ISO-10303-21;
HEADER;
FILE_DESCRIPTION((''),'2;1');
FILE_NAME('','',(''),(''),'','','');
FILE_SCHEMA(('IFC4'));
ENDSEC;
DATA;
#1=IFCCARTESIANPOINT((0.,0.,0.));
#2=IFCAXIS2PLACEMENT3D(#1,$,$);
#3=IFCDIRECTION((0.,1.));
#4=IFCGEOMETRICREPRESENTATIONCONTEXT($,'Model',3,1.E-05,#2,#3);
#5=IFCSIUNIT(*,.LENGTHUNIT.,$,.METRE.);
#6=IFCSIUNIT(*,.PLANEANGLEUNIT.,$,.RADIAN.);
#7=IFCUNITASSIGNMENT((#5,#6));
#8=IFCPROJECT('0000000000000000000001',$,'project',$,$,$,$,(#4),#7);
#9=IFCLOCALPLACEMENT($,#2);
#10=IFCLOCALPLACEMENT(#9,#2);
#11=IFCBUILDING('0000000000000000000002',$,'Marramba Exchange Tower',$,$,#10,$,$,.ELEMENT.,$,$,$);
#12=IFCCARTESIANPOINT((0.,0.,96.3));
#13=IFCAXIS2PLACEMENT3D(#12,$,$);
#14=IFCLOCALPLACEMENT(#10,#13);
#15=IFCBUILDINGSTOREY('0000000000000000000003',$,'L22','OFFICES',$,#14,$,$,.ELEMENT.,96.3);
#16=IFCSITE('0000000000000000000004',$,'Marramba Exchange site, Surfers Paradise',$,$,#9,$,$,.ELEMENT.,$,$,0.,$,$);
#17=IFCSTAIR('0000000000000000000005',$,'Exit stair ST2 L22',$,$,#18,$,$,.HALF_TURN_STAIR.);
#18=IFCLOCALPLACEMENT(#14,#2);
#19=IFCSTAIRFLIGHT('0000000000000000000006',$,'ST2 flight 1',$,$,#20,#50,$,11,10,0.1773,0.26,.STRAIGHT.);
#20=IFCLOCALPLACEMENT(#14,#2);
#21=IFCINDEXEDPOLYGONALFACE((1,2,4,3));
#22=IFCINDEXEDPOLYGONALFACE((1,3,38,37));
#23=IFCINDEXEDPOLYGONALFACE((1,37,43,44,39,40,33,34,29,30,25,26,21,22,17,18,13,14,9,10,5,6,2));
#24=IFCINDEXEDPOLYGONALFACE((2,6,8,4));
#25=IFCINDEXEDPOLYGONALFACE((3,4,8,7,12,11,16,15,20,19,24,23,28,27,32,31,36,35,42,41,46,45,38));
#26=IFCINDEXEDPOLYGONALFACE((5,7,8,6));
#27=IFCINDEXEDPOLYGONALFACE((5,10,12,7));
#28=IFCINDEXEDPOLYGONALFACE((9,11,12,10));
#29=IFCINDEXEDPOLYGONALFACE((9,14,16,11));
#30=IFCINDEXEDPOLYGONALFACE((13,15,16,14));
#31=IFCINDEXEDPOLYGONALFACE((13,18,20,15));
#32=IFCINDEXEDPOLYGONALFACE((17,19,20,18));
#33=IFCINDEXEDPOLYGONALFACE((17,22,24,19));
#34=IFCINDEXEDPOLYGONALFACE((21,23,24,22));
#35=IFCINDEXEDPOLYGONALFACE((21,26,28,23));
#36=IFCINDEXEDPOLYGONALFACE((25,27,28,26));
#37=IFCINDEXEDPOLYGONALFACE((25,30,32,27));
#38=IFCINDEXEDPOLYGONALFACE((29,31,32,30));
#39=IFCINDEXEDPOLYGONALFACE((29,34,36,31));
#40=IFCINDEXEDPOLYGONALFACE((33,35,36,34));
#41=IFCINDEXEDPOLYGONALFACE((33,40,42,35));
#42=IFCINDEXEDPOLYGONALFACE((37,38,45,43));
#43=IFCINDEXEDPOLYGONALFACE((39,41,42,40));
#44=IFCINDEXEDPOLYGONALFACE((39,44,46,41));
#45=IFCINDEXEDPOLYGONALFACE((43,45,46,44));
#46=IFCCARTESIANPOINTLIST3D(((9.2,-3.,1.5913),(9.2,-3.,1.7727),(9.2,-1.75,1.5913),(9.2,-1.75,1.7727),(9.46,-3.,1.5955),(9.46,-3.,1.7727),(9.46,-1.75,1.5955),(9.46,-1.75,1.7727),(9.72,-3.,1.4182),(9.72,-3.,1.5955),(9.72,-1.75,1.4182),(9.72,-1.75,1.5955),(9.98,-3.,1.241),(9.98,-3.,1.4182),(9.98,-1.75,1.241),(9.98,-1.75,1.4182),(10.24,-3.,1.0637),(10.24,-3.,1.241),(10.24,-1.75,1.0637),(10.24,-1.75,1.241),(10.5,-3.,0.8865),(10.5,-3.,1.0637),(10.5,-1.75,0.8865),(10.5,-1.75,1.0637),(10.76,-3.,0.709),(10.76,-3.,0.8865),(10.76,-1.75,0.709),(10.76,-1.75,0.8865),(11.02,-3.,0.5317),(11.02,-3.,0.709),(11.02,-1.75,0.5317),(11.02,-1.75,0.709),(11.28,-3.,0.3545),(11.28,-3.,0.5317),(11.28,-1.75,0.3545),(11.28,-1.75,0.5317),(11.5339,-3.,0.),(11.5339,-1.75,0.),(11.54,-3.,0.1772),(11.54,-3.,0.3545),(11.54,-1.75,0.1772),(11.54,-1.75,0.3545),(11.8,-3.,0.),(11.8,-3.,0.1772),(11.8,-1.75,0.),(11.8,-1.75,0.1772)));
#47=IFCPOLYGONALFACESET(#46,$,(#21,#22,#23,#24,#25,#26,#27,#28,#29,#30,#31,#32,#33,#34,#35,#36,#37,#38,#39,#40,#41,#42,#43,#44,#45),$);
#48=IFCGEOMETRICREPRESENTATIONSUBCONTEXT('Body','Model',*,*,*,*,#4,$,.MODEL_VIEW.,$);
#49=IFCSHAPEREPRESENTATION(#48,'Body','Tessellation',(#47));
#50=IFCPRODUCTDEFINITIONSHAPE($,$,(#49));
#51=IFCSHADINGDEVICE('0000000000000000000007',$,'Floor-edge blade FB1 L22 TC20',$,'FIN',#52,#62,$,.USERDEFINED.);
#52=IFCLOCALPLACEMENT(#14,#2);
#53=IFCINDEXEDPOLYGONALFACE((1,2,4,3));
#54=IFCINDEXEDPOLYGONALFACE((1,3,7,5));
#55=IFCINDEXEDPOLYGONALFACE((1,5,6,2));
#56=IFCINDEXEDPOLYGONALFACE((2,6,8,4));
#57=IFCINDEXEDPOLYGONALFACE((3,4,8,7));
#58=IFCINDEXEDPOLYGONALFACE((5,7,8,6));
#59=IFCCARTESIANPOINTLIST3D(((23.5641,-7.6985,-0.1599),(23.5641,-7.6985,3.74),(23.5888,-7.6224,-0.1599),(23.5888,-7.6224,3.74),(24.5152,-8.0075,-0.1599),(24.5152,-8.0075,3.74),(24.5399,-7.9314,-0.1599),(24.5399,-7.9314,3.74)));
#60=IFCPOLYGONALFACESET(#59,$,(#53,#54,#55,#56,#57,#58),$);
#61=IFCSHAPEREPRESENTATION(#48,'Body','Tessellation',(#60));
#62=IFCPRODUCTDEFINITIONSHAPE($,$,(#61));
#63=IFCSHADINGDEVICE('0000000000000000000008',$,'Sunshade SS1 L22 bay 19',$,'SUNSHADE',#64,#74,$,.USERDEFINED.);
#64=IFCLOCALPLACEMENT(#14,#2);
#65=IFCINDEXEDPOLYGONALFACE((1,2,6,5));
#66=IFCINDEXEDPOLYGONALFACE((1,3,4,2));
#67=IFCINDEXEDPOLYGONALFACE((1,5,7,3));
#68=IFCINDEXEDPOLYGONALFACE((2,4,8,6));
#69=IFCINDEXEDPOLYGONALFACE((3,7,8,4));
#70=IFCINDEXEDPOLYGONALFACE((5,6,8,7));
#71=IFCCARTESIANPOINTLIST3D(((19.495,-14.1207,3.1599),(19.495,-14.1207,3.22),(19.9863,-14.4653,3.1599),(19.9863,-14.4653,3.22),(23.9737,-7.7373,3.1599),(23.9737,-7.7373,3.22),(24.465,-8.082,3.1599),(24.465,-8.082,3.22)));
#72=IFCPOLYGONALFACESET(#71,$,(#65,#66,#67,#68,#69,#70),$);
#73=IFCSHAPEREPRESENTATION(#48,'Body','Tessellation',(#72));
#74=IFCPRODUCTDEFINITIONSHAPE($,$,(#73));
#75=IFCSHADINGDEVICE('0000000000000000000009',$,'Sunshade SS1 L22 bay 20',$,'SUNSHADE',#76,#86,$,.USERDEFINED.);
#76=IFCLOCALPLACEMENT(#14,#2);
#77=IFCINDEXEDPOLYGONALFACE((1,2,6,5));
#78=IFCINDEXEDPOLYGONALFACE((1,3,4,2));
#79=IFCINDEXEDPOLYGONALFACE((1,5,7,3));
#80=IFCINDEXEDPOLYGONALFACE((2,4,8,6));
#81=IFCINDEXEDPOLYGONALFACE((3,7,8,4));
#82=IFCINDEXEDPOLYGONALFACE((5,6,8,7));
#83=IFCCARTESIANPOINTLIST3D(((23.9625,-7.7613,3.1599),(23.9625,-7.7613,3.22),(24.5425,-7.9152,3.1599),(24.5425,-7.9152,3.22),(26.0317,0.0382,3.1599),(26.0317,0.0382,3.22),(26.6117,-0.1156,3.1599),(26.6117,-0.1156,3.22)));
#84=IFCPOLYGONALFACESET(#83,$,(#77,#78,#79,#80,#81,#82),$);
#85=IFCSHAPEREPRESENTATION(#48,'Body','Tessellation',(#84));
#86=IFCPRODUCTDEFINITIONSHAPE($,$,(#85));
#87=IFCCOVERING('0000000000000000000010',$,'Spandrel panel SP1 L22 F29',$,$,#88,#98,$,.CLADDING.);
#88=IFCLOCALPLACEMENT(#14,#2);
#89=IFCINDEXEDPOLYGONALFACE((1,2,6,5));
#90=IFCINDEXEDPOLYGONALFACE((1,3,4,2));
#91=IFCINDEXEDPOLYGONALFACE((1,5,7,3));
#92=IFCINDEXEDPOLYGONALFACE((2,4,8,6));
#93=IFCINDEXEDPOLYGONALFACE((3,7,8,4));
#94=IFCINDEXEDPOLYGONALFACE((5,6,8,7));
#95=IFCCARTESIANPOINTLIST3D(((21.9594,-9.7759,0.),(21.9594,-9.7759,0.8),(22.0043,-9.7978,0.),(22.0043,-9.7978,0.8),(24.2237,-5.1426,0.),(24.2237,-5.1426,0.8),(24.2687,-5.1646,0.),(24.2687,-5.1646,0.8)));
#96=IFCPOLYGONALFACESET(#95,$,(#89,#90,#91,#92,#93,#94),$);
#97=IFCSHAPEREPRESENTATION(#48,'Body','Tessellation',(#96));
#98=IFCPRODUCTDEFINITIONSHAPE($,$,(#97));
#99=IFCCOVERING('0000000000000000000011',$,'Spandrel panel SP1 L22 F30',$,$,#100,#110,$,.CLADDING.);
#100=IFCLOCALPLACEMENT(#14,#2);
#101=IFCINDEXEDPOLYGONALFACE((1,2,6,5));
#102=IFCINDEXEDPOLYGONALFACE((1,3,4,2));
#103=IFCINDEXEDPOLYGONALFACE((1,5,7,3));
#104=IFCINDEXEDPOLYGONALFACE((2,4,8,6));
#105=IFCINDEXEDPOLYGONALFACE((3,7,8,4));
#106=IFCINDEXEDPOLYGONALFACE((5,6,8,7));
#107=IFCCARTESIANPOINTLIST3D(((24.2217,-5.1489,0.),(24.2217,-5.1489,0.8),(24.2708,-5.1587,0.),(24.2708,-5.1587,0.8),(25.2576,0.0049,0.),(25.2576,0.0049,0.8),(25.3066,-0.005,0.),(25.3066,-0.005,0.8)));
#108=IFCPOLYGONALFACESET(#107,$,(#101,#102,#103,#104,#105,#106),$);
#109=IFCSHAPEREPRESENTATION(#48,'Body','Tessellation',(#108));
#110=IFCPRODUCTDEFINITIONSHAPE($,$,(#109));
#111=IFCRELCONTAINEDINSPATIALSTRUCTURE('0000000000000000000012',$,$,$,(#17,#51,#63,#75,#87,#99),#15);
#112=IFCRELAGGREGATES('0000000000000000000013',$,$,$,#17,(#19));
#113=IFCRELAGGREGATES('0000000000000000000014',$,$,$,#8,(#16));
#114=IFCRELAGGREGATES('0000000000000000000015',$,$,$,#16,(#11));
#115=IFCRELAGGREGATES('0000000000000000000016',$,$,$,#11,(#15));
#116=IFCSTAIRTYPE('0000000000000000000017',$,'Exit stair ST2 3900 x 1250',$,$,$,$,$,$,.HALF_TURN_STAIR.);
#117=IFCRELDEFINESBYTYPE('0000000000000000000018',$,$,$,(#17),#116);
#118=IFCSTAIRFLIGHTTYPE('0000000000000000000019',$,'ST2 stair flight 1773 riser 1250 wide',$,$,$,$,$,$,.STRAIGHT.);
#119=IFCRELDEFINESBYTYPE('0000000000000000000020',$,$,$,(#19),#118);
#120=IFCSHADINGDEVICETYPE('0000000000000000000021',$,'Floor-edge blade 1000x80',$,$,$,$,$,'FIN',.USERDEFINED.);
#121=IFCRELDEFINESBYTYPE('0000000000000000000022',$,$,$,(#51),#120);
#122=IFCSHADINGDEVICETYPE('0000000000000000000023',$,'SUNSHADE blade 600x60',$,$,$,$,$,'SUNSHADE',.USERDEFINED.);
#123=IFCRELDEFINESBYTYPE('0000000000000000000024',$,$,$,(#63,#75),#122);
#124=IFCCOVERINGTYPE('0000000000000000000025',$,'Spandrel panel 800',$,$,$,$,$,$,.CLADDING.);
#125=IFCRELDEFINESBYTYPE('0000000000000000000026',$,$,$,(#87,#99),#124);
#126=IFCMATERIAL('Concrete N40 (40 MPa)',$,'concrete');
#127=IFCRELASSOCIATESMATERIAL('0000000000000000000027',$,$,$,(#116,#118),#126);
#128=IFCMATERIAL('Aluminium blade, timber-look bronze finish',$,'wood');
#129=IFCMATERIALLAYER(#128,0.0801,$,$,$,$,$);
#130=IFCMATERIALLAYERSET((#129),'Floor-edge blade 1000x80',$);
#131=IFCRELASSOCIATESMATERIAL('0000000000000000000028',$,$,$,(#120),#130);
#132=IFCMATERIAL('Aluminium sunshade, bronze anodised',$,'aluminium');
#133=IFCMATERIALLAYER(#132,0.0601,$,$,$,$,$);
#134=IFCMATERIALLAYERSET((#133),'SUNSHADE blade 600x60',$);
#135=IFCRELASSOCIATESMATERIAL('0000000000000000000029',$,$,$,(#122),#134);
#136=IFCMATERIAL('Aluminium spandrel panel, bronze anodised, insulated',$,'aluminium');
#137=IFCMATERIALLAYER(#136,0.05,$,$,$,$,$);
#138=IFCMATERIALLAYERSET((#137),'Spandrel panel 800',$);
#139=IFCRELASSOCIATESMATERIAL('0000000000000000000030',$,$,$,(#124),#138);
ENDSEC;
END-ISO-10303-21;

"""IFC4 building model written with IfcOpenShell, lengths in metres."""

from ifc_helpers import new_model, si_unit, direction, frame, origin, origin_2d, place, context, subcontext, project, spatial, polyline, rectangle, outline, extrude, material, layer, layer_set, type_object, element, aggregate, save


model = new_model("IFC4")

# Units and contexts
model_context = context("Model", 3, precision=1e-05, world=origin(), true_north=direction((0.0, 1.0)))
body_context = subcontext(model_context, "Body", "Model", "MODEL_VIEW")
ifc_project = project(units=[si_unit("LENGTHUNIT", "METRE"), si_unit("PLANEANGLEUNIT", "RADIAN")], contexts=[model_context])

# Site, building, storey
site_placement = place(None, origin())
site = spatial("IfcSite", under=ifc_project, at=site_placement, Name="Marramba Exchange site, Surfers Paradise", CompositionType="ELEMENT", RefElevation=0.0)
building_placement = place(site_placement, origin())
building = spatial("IfcBuilding", under=site, at=building_placement, Name="Marramba Exchange Tower", CompositionType="ELEMENT")
storey_placement = place(building_placement, frame((0.0, 0.0, 96.3)))
storey = spatial("IfcBuildingStorey", under=building, at=storey_placement, Name="L22", Description="OFFICES", CompositionType="ELEMENT", Elevation=96.3)

# Stair, stair flight
ifc_material_1 = material(Name="Concrete N40 (40 MPa)", Category="concrete")
stair_type = type_object("IfcStairType", Name="Exit stair ST2 3900 x 1250", PredefinedType="HALF_TURN_STAIR", material=ifc_material_1)
stair_placement = place(storey_placement, origin())
stair = element("IfcStair", 1, at=stair_placement, inside=storey, type_object=stair_type, Name="Exit stair ST2 L22", PredefinedType="HALF_TURN_STAIR")
stair_flight_type = type_object("IfcStairFlightType", Name="ST2 stair flight 1773 riser 1250 wide", PredefinedType="STRAIGHT", material=ifc_material_1)
stair_flight_placement = place(storey_placement, frame((11.8, -2.375, 0.0), z_axis=(0.0, 0.0, 1.0), x_axis=(-1.0, 0.0, 0.0)))
stair_flight = element("IfcStairFlight", 2, at=stair_flight_placement, type_object=stair_flight_type, Name="ST2 flight 1", NumberOfRisers=11, NumberOfTreads=10, PredefinedType="STRAIGHT", RiserHeight=0.1773, TreadLength=0.26, context=body_context, shape_type="SweptSolid", body=[
    extrude(outline(polyline([(0.0, 0.0), (0.0, 0.1772), (0.26, 0.1772), (0.26, 0.3545), (0.52, 0.3545), (0.52, 0.5317), (0.78, 0.5317), (0.78, 0.709), (1.04, 0.709), (1.04, 0.8865), (1.3, 0.8865), (1.3, 1.0637), (1.5601, 1.0637), (1.5601, 1.241), (1.8201, 1.241), (1.8201, 1.4182), (2.0801, 1.4182), (2.0801, 1.5955), (2.3401, 1.5955), (2.3401, 1.7727), (2.6001, 1.7727), (2.6001, 1.95), (2.6001, 1.5913), (0.2661, 0.0), (0.0, 0.0)])), frame((0.0, 0.625, 0.0), z_axis=(0.0, -1.0, 0.0), x_axis=(1.0, 0.0, 0.0)), (0.0, 0.0, 1.0), 1.25),
])
aggregate(stair, [stair_flight])

# Shading devices
ifc_material_2 = material(Name="Aluminium blade, timber-look bronze finish", Category="wood")
ifc_layer_1 = layer(ifc_material_2, 0.0801)
ifc_layer_set_1 = layer_set([ifc_layer_1], Name="Floor-edge blade 1000x80")
shading_device_type_1 = type_object("IfcShadingDeviceType", Name="Floor-edge blade 1000x80", ElementType="FIN", PredefinedType="USERDEFINED", material=ifc_layer_set_1)
shading_device_1_placement = place(storey_placement, frame((24.052, -7.8149, -0.1599), z_axis=(0.0, 0.0, 1.0), x_axis=(0.951057, -0.309017, 0.0)))
element("IfcShadingDevice", 3, at=shading_device_1_placement, inside=storey, type_object=shading_device_type_1, Name="Floor-edge blade FB1 L22 TC20", ObjectType="FIN", PredefinedType="USERDEFINED", context=body_context, shape_type="SweptSolid", body=[
    extrude(rectangle(XDim=1.0, YDim=0.0801, at=origin_2d()), origin(), (0.0, 0.0, 1.0), 3.8999),
])
ifc_material_3 = material(Name="Aluminium sunshade, bronze anodised", Category="aluminium")
ifc_layer_2 = layer(ifc_material_3, 0.0601)
ifc_layer_set_2 = layer_set([ifc_layer_2], Name="SUNSHADE blade 600x60")
shading_device_type_2 = type_object("IfcShadingDeviceType", Name="SUNSHADE blade 600x60", ElementType="SUNSHADE", PredefinedType="USERDEFINED", material=ifc_layer_set_2)
shading_device_2_placement = place(storey_placement, frame((21.98, -11.1013, 3.1599), z_axis=(0.0, 0.0, 1.0), x_axis=(0.574351, 0.818609, 0.0)))
element("IfcShadingDevice", 4, at=shading_device_2_placement, inside=storey, type_object=shading_device_type_2, Name="Sunshade SS1 L22 bay 19", ObjectType="SUNSHADE", PredefinedType="USERDEFINED", context=body_context, shape_type="SweptSolid", body=[
    extrude(rectangle(XDim=7.7979, YDim=0.6001, at=origin_2d()), origin(), (0.0, 0.0, 1.0), 0.0601),
])
shading_device_3_placement = place(storey_placement, frame((25.2871, -3.9385, 3.1599), z_axis=(0.0, 0.0, 1.0), x_axis=(0.256423, 0.966565, 0.0)))
element("IfcShadingDevice", 5, at=shading_device_3_placement, inside=storey, type_object=shading_device_type_2, Name="Sunshade SS1 L22 bay 20", ObjectType="SUNSHADE", PredefinedType="USERDEFINED", context=body_context, shape_type="SweptSolid", body=[
    extrude(rectangle(XDim=8.0693, YDim=0.6001, at=origin_2d()), origin(), (0.0, 0.0, 1.0), 0.0601),
])

# Coverings
ifc_material_4 = material(Name="Aluminium spandrel panel, bronze anodised, insulated", Category="aluminium")
ifc_layer_3 = layer(ifc_material_4, 0.05)
ifc_layer_set_3 = layer_set([ifc_layer_3], Name="Spandrel panel 800")
covering_type = type_object("IfcCoveringType", Name="Spandrel panel 800", PredefinedType="CLADDING", material=ifc_layer_set_3)
covering_1_placement = place(storey_placement, frame((23.114, -7.4702, 0.0), z_axis=(0.0, 0.0, 1.0), x_axis=(0.439086, 0.898445, 0.0)))
element("IfcCovering", 6, at=covering_1_placement, inside=storey, type_object=covering_type, Name="Spandrel panel SP1 L22 F29", PredefinedType="CLADDING", context=body_context, shape_type="SweptSolid", body=[
    extrude(rectangle(XDim=5.157, YDim=0.05, at=origin_2d()), origin(), (0.0, 0.0, 1.0), 0.8),
])
covering_2_placement = place(storey_placement, frame((24.7642, -2.5769, 0.0), z_axis=(0.0, 0.0, 1.0), x_axis=(0.197049, 0.980394, 0.0)))
element("IfcCovering", 7, at=covering_2_placement, inside=storey, type_object=covering_type, Name="Spandrel panel SP1 L22 F30", PredefinedType="CLADDING", context=body_context, shape_type="SweptSolid", body=[
    extrude(rectangle(XDim=5.2568, YDim=0.05, at=origin_2d()), origin(), (0.0, 0.0, 1.0), 0.8),
])

save(model, "model.ifc")
